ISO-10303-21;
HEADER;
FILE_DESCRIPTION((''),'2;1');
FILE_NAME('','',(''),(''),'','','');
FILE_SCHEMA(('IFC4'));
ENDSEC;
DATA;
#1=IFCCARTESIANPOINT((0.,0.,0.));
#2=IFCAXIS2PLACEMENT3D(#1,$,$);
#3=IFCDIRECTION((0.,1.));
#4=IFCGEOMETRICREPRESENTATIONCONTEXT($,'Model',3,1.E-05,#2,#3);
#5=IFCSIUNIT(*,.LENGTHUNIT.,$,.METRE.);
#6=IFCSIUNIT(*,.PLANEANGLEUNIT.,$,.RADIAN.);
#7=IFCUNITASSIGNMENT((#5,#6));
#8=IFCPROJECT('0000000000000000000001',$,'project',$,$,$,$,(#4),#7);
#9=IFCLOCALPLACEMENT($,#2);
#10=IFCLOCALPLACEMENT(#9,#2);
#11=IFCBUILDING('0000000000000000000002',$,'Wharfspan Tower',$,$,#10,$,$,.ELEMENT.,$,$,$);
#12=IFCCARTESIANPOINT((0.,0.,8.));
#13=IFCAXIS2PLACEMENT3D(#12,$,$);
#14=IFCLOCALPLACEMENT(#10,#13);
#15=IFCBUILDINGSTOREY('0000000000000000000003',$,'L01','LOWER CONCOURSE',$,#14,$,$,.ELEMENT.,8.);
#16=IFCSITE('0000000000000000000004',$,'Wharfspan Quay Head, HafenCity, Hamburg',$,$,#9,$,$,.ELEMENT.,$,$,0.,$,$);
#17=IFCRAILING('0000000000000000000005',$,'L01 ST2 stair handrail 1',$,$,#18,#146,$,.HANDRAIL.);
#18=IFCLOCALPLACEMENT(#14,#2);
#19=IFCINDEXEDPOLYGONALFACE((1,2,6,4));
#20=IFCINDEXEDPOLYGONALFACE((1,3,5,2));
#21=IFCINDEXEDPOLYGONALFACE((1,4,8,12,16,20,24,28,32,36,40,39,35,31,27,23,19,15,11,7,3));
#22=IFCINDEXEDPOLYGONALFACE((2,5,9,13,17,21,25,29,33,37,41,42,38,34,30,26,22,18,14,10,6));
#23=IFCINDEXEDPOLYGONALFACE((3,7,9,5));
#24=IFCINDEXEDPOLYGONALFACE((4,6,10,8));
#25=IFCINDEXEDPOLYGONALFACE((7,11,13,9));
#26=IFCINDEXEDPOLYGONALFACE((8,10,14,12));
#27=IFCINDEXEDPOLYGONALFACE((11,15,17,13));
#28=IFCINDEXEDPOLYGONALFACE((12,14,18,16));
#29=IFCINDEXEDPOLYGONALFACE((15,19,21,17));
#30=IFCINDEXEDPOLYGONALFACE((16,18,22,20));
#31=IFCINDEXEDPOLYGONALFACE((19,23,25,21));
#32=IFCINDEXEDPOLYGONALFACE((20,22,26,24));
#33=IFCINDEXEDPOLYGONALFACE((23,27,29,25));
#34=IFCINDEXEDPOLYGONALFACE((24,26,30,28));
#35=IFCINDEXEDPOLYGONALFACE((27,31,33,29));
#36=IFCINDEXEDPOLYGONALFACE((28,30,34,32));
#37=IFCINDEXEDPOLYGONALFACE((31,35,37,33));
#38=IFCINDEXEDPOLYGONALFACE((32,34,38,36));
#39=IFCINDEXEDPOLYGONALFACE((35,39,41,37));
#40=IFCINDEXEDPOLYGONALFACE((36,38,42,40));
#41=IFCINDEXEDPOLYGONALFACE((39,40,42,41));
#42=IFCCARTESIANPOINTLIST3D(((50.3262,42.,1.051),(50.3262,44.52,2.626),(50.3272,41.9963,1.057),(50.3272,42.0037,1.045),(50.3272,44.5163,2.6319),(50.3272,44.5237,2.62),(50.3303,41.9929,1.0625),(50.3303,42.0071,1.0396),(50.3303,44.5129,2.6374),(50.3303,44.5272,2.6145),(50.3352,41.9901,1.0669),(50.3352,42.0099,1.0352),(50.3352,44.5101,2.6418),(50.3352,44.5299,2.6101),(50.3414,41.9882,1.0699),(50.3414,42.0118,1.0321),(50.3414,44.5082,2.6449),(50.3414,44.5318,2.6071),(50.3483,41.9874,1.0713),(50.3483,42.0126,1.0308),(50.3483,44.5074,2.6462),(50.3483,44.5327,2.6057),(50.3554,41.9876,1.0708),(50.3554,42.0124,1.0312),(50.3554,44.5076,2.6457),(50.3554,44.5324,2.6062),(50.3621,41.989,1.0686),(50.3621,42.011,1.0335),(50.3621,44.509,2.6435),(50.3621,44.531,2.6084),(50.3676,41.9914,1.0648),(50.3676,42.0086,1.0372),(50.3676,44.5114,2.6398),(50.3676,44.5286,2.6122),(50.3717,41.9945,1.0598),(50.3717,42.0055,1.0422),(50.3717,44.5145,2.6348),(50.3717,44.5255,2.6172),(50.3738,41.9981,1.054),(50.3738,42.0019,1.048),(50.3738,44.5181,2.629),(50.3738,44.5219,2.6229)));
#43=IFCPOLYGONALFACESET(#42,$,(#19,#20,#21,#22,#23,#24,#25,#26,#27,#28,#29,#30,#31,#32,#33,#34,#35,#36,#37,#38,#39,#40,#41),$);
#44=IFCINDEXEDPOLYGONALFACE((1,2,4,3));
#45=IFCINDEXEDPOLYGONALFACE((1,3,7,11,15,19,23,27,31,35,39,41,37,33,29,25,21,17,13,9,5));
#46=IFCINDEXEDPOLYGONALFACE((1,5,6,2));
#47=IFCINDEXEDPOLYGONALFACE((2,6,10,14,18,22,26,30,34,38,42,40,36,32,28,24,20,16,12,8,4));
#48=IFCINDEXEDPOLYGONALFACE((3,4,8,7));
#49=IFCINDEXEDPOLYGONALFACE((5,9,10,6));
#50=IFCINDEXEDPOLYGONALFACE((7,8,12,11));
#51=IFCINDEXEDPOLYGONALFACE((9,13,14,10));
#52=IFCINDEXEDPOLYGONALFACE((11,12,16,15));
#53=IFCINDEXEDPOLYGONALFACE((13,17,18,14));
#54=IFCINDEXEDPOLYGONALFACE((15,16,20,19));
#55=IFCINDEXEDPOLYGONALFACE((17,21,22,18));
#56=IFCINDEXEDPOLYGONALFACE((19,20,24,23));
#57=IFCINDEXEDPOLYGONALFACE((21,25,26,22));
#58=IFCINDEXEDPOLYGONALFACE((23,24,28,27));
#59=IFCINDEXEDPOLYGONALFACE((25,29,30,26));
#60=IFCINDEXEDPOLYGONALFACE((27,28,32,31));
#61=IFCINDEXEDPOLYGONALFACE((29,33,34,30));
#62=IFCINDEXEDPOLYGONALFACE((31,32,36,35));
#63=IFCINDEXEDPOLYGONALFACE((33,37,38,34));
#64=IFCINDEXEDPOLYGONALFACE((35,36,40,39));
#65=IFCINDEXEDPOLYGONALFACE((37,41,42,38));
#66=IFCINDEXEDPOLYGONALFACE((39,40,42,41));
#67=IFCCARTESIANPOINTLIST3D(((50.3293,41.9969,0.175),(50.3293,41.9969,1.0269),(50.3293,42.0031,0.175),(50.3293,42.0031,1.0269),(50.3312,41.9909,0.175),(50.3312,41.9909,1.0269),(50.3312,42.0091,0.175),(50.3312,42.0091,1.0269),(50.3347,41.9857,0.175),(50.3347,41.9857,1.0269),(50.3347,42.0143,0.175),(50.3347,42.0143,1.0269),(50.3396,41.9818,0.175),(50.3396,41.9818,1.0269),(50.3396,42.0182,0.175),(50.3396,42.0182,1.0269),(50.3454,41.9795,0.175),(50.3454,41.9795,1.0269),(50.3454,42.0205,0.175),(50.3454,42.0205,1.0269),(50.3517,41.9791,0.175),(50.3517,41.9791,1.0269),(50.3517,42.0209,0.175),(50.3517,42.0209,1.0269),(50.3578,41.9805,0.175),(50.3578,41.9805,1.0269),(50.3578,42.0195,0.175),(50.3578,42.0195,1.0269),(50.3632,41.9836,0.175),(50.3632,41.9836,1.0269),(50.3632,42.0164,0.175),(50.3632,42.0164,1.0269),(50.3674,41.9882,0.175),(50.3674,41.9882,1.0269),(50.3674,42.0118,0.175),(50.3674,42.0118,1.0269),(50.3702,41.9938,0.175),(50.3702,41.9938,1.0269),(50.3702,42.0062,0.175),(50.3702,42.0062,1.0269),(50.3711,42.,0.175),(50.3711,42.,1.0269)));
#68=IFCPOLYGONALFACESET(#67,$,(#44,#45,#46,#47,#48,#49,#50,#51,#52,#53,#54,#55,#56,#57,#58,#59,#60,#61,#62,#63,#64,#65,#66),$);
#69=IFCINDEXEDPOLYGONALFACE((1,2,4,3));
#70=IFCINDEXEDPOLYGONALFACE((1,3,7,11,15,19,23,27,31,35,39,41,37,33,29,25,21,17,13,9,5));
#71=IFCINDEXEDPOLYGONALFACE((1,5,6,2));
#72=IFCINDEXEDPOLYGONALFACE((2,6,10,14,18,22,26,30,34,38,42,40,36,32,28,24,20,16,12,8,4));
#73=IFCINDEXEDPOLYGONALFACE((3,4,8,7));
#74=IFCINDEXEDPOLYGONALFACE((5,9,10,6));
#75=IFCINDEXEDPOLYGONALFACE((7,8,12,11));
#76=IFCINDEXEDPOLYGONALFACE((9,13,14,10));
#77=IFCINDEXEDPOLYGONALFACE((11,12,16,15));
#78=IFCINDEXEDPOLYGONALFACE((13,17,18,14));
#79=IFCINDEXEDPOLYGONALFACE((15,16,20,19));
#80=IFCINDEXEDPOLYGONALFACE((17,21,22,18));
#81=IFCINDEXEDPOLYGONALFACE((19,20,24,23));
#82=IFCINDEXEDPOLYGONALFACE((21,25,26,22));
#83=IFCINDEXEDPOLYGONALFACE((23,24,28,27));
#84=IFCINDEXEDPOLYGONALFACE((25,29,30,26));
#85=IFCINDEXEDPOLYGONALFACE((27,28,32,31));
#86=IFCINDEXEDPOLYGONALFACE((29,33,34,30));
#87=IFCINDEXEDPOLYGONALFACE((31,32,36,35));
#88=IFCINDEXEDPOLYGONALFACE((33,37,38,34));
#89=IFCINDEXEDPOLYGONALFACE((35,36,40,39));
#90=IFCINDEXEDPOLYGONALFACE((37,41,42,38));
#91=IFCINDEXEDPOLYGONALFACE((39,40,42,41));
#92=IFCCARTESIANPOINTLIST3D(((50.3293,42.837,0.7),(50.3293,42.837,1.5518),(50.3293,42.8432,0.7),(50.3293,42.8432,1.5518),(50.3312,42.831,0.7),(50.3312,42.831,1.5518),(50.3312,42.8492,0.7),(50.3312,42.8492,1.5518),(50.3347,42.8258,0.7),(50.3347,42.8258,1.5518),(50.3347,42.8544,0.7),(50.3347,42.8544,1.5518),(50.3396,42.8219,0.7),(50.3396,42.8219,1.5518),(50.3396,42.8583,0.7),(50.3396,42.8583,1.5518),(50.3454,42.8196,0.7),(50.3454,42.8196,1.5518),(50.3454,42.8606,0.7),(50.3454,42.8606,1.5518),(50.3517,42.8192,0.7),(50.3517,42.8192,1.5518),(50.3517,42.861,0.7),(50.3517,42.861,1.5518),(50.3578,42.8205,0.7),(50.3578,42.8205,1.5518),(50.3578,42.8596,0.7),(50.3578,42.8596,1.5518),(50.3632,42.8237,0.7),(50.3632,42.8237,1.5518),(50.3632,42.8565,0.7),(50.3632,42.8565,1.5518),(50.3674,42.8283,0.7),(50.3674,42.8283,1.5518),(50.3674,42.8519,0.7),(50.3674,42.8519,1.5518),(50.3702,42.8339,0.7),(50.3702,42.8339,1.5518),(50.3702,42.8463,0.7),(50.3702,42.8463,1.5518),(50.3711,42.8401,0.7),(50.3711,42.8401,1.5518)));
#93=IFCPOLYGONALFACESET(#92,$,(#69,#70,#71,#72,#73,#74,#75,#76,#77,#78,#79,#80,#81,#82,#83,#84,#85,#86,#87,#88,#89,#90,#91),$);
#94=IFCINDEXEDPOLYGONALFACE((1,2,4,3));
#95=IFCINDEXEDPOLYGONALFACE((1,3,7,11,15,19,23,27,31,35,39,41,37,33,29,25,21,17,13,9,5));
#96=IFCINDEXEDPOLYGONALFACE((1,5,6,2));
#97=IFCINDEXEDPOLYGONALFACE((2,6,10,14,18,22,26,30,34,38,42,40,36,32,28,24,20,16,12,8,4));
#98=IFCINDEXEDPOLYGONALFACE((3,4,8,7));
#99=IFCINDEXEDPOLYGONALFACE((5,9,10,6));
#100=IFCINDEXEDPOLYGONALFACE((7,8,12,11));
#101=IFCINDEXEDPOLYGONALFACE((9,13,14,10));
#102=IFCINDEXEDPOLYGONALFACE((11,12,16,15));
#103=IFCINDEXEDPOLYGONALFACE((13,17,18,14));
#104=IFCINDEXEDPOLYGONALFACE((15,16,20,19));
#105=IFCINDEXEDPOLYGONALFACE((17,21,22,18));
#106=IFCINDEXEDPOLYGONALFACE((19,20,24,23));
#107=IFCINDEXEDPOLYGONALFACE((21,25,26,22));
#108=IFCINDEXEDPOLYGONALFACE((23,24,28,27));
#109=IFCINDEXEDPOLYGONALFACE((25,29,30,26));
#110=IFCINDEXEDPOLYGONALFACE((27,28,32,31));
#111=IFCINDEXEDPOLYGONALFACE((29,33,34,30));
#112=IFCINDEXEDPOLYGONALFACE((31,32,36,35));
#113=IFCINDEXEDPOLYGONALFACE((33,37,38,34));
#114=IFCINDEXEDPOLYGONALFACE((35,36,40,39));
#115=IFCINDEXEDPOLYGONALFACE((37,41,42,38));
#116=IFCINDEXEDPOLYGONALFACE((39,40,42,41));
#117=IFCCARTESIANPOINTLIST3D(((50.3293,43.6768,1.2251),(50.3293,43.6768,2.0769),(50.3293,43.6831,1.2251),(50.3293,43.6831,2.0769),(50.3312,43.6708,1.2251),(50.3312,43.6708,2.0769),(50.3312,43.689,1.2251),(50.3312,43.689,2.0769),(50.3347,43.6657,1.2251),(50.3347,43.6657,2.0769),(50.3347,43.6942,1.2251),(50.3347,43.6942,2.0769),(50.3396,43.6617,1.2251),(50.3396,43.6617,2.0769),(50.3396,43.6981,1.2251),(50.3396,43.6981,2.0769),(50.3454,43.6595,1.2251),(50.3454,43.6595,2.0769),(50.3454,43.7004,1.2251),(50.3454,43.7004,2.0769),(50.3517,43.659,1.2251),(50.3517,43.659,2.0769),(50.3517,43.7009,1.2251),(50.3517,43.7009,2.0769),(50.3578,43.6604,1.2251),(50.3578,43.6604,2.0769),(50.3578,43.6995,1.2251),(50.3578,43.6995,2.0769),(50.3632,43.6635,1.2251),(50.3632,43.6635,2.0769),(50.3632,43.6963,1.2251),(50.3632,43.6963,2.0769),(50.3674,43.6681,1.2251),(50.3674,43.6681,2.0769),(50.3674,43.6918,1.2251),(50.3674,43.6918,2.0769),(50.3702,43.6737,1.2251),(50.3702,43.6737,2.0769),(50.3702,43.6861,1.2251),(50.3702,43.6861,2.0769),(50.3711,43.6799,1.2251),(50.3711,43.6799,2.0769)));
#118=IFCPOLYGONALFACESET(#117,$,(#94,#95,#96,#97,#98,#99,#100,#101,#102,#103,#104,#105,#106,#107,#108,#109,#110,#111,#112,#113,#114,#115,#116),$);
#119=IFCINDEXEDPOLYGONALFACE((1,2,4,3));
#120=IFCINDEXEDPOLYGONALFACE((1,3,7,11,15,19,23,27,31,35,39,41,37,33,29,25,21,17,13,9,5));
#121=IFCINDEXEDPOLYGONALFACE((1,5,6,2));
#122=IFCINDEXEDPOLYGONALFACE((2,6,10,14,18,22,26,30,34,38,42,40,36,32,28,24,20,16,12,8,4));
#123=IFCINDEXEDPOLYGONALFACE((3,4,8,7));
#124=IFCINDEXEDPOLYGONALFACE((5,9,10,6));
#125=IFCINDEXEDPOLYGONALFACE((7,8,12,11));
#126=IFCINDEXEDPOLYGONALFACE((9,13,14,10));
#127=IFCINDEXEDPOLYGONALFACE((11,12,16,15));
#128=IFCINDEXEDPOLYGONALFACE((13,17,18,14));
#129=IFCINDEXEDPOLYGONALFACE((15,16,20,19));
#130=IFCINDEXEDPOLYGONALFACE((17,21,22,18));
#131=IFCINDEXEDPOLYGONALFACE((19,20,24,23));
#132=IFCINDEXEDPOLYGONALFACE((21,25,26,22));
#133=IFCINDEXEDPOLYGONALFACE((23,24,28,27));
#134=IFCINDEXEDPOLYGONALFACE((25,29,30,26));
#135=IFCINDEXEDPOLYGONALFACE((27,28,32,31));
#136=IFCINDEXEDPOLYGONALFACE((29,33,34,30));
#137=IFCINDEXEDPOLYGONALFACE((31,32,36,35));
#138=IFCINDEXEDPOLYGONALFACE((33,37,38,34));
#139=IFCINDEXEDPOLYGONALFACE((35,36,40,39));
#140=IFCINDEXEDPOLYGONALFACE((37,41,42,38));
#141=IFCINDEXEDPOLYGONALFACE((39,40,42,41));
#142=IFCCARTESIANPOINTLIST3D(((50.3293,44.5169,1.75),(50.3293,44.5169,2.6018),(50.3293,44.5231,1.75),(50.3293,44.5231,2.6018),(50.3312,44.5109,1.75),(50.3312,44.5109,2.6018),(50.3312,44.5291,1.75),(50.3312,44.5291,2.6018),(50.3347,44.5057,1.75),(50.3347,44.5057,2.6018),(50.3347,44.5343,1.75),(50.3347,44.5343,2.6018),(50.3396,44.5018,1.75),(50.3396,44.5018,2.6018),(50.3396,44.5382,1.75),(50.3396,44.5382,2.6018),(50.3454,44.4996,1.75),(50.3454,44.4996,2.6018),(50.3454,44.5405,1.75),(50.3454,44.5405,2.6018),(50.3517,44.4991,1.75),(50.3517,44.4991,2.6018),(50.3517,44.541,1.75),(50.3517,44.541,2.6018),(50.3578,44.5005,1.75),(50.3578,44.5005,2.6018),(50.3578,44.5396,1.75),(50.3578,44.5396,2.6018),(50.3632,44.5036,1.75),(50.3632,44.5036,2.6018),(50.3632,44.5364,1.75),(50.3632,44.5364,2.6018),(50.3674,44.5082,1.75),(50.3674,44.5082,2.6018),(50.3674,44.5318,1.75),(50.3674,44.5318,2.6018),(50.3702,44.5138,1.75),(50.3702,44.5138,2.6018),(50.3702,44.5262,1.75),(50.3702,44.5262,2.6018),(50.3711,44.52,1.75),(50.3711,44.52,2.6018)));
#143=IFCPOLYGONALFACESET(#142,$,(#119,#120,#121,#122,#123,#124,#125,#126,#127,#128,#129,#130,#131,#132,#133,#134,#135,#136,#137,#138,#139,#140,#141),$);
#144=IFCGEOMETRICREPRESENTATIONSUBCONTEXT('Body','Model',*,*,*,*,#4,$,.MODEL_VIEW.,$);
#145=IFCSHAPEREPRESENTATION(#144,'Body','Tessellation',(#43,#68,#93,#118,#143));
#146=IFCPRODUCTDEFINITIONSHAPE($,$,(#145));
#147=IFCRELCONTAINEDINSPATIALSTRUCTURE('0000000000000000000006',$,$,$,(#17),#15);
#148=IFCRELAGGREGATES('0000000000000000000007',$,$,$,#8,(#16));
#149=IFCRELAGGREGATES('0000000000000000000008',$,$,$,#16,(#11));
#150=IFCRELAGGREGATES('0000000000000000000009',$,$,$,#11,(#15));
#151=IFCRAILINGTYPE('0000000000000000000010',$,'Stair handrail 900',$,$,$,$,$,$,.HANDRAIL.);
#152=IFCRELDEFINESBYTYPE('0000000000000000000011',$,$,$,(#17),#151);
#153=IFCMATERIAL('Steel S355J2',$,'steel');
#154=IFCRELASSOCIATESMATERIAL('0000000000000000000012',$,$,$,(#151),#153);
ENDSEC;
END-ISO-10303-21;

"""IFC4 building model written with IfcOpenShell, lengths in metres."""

from ifc_helpers import new_model, si_unit, direction, frame, origin, origin_2d, place, context, subcontext, project, spatial, circle, extrude, material, type_object, element, save


model = new_model("IFC4")

# Units and contexts
model_context = context("Model", 3, precision=1e-05, world=origin(), true_north=direction((0.0, 1.0)))
body_context = subcontext(model_context, "Body", "Model", "MODEL_VIEW")
ifc_project = project(units=[si_unit("LENGTHUNIT", "METRE"), si_unit("PLANEANGLEUNIT", "RADIAN")], contexts=[model_context])

# Site, building, storey
site_placement = place(None, origin())
site = spatial("IfcSite", under=ifc_project, at=site_placement, Name="Wharfspan Quay Head, HafenCity, Hamburg", CompositionType="ELEMENT", RefElevation=0.0)
building_placement = place(site_placement, origin())
building = spatial("IfcBuilding", under=site, at=building_placement, Name="Wharfspan Tower", CompositionType="ELEMENT")
storey_placement = place(building_placement, frame((0.0, 0.0, 8.0)))
storey = spatial("IfcBuildingStorey", under=building, at=storey_placement, Name="L01", Description="LOWER CONCOURSE", CompositionType="ELEMENT", Elevation=8.0)

# Railing
ifc_material_1 = material(Name="Steel S355J2", Category="steel")
railing_type_1 = type_object("IfcRailingType", Name="Stair handrail 900", PredefinedType="HANDRAIL", material=ifc_material_1)
for number, where, name in (
    (1, (50.3501, 42.0, 0.175), "L01 ST2 stair handrail 1"),
):
    element("IfcRailing", number, at=place(storey_placement, frame(where)), inside=storey, type_object=railing_type_1, Name=name, PredefinedType="HANDRAIL", context=body_context, shape_type="SweptSolid", body=[
        extrude(circle(Radius=0.0239, at=origin_2d()), frame((0.0, 0.0, 0.876), z_axis=(0.0, 0.848008, 0.529984), x_axis=(-1.0, 0.0, 0.0)), (0.0, 0.0, 1.0), 2.9717),
        extrude(circle(Radius=0.021, at=origin_2d()), origin(), (0.0, 0.0, 1.0), 0.8518),
        extrude(circle(Radius=0.021, at=origin_2d()), frame((0.0, 0.8401, 0.5249)), (0.0, 0.0, 1.0), 0.8518),
        extrude(circle(Radius=0.021, at=origin_2d()), frame((0.0, 1.6799, 1.05)), (0.0, 0.0, 1.0), 0.8518),
        extrude(circle(Radius=0.021, at=origin_2d()), frame((0.0, 2.52, 1.575)), (0.0, 0.0, 1.0), 0.8518),
    ])

save(model, "model.ifc")
